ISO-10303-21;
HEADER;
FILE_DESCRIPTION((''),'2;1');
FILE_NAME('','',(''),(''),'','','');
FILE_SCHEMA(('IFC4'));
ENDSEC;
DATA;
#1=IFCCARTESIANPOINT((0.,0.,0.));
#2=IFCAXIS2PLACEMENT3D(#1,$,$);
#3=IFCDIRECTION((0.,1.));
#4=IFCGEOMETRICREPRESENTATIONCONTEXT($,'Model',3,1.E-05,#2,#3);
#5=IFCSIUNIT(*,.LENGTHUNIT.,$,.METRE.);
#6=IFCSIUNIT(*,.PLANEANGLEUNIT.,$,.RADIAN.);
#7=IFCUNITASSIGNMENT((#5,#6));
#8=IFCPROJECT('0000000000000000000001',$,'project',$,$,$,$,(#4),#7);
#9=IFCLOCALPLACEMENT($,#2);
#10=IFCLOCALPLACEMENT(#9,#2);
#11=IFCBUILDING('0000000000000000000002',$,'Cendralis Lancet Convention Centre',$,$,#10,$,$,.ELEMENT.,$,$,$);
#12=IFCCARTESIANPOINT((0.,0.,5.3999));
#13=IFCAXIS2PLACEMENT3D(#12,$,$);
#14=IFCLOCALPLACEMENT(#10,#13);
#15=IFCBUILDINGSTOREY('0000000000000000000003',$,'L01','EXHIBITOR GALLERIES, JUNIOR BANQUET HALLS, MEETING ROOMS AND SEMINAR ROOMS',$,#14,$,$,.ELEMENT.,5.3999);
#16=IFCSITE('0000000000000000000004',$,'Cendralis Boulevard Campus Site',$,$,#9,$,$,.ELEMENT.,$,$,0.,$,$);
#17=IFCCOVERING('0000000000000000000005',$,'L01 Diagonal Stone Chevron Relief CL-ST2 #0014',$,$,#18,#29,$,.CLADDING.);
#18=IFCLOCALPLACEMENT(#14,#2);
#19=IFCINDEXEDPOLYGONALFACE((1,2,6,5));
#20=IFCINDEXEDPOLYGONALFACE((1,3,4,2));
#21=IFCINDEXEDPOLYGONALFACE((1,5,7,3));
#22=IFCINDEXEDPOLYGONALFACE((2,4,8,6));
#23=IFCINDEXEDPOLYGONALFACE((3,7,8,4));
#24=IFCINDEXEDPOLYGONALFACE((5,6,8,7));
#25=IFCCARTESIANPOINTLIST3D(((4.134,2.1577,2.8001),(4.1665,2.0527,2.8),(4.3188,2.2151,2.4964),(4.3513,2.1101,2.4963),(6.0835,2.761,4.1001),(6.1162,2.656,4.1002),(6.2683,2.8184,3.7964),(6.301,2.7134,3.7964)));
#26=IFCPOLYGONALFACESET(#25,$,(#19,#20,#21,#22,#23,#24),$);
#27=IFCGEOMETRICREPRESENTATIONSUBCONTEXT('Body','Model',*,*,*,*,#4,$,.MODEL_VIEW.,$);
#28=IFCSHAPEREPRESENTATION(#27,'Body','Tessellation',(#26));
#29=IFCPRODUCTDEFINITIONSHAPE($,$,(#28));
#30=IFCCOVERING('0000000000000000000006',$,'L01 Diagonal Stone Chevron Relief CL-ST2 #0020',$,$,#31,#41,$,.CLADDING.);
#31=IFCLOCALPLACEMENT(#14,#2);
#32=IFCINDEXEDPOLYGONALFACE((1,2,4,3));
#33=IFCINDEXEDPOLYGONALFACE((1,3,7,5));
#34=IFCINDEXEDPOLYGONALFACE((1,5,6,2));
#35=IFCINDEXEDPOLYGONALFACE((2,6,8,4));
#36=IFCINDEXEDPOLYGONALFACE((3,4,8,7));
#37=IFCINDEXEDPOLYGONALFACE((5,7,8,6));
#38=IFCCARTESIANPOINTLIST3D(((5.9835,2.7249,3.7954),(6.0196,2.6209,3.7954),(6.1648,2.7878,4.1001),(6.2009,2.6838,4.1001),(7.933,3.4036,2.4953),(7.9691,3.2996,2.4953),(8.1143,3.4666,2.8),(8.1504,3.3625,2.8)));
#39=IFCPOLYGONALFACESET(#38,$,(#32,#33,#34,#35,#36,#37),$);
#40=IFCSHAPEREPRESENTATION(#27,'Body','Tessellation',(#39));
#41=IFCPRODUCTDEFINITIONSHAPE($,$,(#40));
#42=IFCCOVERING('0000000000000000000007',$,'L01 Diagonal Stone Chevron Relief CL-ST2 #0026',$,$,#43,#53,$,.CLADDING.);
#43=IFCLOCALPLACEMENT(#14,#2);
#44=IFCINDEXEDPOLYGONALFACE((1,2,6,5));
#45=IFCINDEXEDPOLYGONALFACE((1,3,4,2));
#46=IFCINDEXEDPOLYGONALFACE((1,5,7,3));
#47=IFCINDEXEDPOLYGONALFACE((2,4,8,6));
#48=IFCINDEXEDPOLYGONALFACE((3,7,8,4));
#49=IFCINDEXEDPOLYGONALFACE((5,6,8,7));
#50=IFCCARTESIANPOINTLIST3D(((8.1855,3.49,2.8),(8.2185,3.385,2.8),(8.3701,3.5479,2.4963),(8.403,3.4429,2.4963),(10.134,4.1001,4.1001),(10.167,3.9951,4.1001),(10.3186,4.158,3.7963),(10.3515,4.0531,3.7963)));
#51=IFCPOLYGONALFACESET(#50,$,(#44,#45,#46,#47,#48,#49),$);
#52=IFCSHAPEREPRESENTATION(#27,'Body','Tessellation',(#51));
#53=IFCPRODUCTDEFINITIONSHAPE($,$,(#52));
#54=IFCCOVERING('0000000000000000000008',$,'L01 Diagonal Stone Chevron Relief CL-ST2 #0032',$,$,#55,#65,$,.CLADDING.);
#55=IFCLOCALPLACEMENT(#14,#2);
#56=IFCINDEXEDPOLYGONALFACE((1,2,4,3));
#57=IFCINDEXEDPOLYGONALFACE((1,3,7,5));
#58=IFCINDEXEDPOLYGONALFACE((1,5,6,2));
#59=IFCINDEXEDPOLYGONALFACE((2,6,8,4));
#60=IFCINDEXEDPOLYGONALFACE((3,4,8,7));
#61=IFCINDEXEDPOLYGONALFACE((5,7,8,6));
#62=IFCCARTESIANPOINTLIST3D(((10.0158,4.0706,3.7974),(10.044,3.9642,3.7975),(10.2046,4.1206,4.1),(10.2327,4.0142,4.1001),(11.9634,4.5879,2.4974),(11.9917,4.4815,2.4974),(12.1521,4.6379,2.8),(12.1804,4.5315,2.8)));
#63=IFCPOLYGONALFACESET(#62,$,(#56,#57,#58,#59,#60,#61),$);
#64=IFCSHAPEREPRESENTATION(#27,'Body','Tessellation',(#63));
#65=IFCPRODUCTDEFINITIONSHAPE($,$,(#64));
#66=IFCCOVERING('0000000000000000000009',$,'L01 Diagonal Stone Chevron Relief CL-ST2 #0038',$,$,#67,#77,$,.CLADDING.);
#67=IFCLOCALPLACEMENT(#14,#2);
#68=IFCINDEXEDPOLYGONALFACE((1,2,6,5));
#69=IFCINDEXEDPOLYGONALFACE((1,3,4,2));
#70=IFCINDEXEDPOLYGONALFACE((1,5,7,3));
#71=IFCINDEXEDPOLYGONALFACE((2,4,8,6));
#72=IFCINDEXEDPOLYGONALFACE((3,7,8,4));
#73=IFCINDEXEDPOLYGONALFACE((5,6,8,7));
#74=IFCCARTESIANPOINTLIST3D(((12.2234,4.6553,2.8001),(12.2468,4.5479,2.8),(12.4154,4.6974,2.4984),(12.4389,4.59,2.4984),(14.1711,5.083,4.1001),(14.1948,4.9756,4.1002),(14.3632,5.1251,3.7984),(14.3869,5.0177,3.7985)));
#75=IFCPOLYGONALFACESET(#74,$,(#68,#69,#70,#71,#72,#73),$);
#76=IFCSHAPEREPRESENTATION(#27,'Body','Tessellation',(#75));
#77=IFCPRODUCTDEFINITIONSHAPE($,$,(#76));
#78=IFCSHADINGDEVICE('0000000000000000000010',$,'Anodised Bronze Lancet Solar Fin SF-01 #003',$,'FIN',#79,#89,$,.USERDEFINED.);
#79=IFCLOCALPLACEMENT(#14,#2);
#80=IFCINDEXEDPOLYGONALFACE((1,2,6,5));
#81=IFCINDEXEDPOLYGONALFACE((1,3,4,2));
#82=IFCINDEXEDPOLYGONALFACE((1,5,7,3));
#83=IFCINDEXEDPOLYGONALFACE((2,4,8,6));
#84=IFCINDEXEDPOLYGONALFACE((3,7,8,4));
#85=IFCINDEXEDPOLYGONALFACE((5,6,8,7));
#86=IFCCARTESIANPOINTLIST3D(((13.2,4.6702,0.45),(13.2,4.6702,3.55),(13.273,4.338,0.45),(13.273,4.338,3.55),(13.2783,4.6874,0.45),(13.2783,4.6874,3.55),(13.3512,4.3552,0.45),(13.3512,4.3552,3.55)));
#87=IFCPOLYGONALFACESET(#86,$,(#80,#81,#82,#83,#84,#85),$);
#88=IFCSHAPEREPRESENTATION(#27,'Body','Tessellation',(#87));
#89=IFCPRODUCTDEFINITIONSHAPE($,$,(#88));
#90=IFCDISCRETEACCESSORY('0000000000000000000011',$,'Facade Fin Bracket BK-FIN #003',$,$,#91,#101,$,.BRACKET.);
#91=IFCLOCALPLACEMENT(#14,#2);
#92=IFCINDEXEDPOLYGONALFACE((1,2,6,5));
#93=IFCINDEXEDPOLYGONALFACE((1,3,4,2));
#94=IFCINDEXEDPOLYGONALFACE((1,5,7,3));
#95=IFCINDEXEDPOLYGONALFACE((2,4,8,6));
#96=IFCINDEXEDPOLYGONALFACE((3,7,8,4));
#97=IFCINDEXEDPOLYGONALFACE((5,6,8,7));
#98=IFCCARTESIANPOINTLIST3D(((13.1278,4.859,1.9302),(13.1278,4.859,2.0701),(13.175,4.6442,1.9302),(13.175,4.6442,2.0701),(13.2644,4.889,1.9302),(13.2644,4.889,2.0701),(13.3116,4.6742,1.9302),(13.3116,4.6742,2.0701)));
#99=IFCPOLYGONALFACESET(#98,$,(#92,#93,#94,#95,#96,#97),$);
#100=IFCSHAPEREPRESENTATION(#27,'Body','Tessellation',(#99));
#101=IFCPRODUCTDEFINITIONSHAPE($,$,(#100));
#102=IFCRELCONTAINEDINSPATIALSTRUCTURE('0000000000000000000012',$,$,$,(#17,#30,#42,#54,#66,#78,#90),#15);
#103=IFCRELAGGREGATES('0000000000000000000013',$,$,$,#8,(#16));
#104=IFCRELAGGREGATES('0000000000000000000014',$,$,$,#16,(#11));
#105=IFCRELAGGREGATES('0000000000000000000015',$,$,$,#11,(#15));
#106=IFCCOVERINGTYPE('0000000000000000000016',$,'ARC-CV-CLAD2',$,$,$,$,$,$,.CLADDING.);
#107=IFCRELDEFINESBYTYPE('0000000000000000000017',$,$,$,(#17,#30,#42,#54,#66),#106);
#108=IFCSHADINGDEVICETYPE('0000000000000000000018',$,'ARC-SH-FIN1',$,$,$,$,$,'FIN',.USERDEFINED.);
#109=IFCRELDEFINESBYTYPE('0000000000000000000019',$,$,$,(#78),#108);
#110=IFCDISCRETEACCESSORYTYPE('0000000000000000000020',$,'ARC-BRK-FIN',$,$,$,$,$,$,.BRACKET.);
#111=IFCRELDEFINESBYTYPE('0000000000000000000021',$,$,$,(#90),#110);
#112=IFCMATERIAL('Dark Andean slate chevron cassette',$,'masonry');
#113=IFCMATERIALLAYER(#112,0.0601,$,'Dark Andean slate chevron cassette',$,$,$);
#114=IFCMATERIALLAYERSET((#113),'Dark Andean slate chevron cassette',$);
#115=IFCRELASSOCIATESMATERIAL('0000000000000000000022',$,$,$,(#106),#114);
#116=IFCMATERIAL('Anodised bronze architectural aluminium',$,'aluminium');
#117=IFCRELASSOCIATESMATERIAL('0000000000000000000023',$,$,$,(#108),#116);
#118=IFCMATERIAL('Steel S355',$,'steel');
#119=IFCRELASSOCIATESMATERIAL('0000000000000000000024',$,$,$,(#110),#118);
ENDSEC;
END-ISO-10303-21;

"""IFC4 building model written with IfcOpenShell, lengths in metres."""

from ifc_helpers import new_model, si_unit, direction, frame, origin, origin_2d, place, context, subcontext, project, spatial, polyline, rectangle, outline, extrude, material, layer, layer_set, type_object, element, save


model = new_model("IFC4")

# Units and contexts
model_context = context("Model", 3, precision=1e-05, world=origin(), true_north=direction((0.0, 1.0)))
body_context = subcontext(model_context, "Body", "Model", "MODEL_VIEW")
ifc_project = project(units=[si_unit("LENGTHUNIT", "METRE"), si_unit("PLANEANGLEUNIT", "RADIAN")], contexts=[model_context])

# Site, building, storey
site_placement = place(None, origin())
site = spatial("IfcSite", under=ifc_project, at=site_placement, Name="Cendralis Boulevard Campus Site", CompositionType="ELEMENT", RefElevation=0.0)
building_placement = place(site_placement, origin())
building = spatial("IfcBuilding", under=site, at=building_placement, Name="Cendralis Lancet Convention Centre", CompositionType="ELEMENT")
storey_placement = place(building_placement, frame((0.0, 0.0, 5.3999)))
storey = spatial("IfcBuildingStorey", under=building, at=storey_placement, Name="L01", Description="EXHIBITOR GALLERIES, JUNIOR BANQUET HALLS, MEETING ROOMS AND SEMINAR ROOMS", CompositionType="ELEMENT", Elevation=5.3999)

# Shared definitions
ifc_material_1 = material(Name="Dark Andean slate chevron cassette", Category="masonry")

# Coverings
ifc_layer_1 = layer(ifc_material_1, 0.0601, Name="Dark Andean slate chevron cassette")
ifc_layer_set_1 = layer_set([ifc_layer_1], Name="Dark Andean slate chevron cassette")
covering_type_1 = type_object("IfcCoveringType", Name="ARC-CV-CLAD2", PredefinedType="CLADDING", material=ifc_layer_set_1)
covering_1_placement = place(storey_placement, frame((4.1665, 2.0527, 2.8), z_axis=(-0.513117, -0.159305, 0.843406), x_axis=(0.805718, 0.249302, 0.537277)))
element("IfcCovering", 1, at=covering_1_placement, inside=storey, type_object=covering_type_1, Name="L01 Diagonal Stone Chevron Relief CL-ST2 #0014", PredefinedType="CLADDING", context=body_context, shape_type="SweptSolid", body=[
    extrude(outline(polyline([(0.0, 0.0), (2.4198, 0.0), (2.4196, 0.11), (0.0, 0.1099), (0.0, 0.0)])), origin(), (0.0, 0.0, -1.0), 0.3601),
])
covering_2_placement = place(storey_placement, frame((6.2009, 2.6838, 4.1001), z_axis=(0.5034, 0.17489, 0.846169), x_axis=(0.799123, 0.278217, -0.532915)))
element("IfcCovering", 2, at=covering_2_placement, inside=storey, type_object=covering_type_1, Name="L01 Diagonal Stone Chevron Relief CL-ST2 #0020", PredefinedType="CLADDING", context=body_context, shape_type="SweptSolid", body=[
    extrude(outline(polyline([(0.0, 0.0), (2.4395, 0.0), (2.4396, 0.1101), (0.0001, 0.1101), (0.0, 0.0)])), origin(), (0.0, 0.0, -1.0), 0.3601),
])
covering_3_placement = place(storey_placement, frame((8.2185, 3.385, 2.8), z_axis=(-0.512432, -0.16088, 0.843523), x_axis=(0.804984, 0.252055, 0.537093)))
element("IfcCovering", 3, at=covering_3_placement, inside=storey, type_object=covering_type_1, Name="L01 Diagonal Stone Chevron Relief CL-ST2 #0026", PredefinedType="CLADDING", context=body_context, shape_type="SweptSolid", body=[
    extrude(outline(polyline([(0.0, 0.0), (2.4205, 0.0), (2.4205, 0.11), (-0.0001, 0.11), (0.0, 0.0)])), origin(), (0.0, 0.0, -1.0), 0.3601),
])
covering_4_placement = place(storey_placement, frame((10.2327, 4.0142, 4.1001), z_axis=(0.524034, 0.138821, 0.840308), x_axis=(0.812149, 0.215711, -0.542109)))
element("IfcCovering", 4, at=covering_4_placement, inside=storey, type_object=covering_type_1, Name="L01 Diagonal Stone Chevron Relief CL-ST2 #0032", PredefinedType="CLADDING", context=body_context, shape_type="SweptSolid", body=[
    extrude(outline(polyline([(0.0, 0.0), (2.3982, 0.0), (2.3982, 0.1101), (0.0002, 0.1101), (0.0, 0.0)])), origin(), (0.0, 0.0, -1.0), 0.3601),
])
covering_5_placement = place(storey_placement, frame((12.2468, 4.5479, 2.8), z_axis=(-0.533421, -0.116989, 0.837721), x_axis=(0.818228, 0.179664, 0.546099)))
element("IfcCovering", 5, at=covering_5_placement, inside=storey, type_object=covering_type_1, Name="L01 Diagonal Stone Chevron Relief CL-ST2 #0038", PredefinedType="CLADDING", context=body_context, shape_type="SweptSolid", body=[
    extrude(outline(polyline([(0.0, 0.0), (2.3807, 0.0), (2.3806, 0.11), (0.0001, 0.1099), (0.0, 0.0)])), origin(), (0.0, 0.0, -1.0), 0.3601),
])

# Shading device
ifc_material_2 = material(Name="Anodised bronze architectural aluminium", Category="aluminium")
shading_device_type = type_object("IfcShadingDeviceType", Name="ARC-SH-FIN1", ElementType="FIN", PredefinedType="USERDEFINED", material=ifc_material_2)
shading_device_placement = place(storey_placement, frame((13.2756, 4.5127, 0.45), z_axis=(0.0, 0.0, 1.0), x_axis=(0.976717, 0.214531, 0.0)))
element("IfcShadingDevice", 6, at=shading_device_placement, inside=storey, type_object=shading_device_type, Name="Anodised Bronze Lancet Solar Fin SF-01 #003", ObjectType="FIN", PredefinedType="USERDEFINED", context=body_context, shape_type="SweptSolid", body=[
    extrude(rectangle(XDim=0.0801, YDim=0.3401, at=origin_2d()), origin(), (0.0, 0.0, 1.0), 3.1001),
])

# Discrete accessory
ifc_material_3 = material(Name="Steel S355", Category="steel")
discrete_accessory_type = type_object("IfcDiscreteAccessoryType", Name="ARC-BRK-FIN", PredefinedType="BRACKET", material=ifc_material_3)
discrete_accessory_placement = place(storey_placement, frame((13.2197, 4.7666, 1.9302), z_axis=(0.0, 0.0, 1.0), x_axis=(0.976717, 0.214531, 0.0)))
element("IfcDiscreteAccessory", 7, at=discrete_accessory_placement, inside=storey, type_object=discrete_accessory_type, Name="Facade Fin Bracket BK-FIN #003", PredefinedType="BRACKET", context=body_context, shape_type="SweptSolid", body=[
    extrude(rectangle(XDim=0.1399, YDim=0.22, at=origin_2d()), origin(), (0.0, 0.0, 1.0), 0.1399),
])

save(model, "model.ifc")
